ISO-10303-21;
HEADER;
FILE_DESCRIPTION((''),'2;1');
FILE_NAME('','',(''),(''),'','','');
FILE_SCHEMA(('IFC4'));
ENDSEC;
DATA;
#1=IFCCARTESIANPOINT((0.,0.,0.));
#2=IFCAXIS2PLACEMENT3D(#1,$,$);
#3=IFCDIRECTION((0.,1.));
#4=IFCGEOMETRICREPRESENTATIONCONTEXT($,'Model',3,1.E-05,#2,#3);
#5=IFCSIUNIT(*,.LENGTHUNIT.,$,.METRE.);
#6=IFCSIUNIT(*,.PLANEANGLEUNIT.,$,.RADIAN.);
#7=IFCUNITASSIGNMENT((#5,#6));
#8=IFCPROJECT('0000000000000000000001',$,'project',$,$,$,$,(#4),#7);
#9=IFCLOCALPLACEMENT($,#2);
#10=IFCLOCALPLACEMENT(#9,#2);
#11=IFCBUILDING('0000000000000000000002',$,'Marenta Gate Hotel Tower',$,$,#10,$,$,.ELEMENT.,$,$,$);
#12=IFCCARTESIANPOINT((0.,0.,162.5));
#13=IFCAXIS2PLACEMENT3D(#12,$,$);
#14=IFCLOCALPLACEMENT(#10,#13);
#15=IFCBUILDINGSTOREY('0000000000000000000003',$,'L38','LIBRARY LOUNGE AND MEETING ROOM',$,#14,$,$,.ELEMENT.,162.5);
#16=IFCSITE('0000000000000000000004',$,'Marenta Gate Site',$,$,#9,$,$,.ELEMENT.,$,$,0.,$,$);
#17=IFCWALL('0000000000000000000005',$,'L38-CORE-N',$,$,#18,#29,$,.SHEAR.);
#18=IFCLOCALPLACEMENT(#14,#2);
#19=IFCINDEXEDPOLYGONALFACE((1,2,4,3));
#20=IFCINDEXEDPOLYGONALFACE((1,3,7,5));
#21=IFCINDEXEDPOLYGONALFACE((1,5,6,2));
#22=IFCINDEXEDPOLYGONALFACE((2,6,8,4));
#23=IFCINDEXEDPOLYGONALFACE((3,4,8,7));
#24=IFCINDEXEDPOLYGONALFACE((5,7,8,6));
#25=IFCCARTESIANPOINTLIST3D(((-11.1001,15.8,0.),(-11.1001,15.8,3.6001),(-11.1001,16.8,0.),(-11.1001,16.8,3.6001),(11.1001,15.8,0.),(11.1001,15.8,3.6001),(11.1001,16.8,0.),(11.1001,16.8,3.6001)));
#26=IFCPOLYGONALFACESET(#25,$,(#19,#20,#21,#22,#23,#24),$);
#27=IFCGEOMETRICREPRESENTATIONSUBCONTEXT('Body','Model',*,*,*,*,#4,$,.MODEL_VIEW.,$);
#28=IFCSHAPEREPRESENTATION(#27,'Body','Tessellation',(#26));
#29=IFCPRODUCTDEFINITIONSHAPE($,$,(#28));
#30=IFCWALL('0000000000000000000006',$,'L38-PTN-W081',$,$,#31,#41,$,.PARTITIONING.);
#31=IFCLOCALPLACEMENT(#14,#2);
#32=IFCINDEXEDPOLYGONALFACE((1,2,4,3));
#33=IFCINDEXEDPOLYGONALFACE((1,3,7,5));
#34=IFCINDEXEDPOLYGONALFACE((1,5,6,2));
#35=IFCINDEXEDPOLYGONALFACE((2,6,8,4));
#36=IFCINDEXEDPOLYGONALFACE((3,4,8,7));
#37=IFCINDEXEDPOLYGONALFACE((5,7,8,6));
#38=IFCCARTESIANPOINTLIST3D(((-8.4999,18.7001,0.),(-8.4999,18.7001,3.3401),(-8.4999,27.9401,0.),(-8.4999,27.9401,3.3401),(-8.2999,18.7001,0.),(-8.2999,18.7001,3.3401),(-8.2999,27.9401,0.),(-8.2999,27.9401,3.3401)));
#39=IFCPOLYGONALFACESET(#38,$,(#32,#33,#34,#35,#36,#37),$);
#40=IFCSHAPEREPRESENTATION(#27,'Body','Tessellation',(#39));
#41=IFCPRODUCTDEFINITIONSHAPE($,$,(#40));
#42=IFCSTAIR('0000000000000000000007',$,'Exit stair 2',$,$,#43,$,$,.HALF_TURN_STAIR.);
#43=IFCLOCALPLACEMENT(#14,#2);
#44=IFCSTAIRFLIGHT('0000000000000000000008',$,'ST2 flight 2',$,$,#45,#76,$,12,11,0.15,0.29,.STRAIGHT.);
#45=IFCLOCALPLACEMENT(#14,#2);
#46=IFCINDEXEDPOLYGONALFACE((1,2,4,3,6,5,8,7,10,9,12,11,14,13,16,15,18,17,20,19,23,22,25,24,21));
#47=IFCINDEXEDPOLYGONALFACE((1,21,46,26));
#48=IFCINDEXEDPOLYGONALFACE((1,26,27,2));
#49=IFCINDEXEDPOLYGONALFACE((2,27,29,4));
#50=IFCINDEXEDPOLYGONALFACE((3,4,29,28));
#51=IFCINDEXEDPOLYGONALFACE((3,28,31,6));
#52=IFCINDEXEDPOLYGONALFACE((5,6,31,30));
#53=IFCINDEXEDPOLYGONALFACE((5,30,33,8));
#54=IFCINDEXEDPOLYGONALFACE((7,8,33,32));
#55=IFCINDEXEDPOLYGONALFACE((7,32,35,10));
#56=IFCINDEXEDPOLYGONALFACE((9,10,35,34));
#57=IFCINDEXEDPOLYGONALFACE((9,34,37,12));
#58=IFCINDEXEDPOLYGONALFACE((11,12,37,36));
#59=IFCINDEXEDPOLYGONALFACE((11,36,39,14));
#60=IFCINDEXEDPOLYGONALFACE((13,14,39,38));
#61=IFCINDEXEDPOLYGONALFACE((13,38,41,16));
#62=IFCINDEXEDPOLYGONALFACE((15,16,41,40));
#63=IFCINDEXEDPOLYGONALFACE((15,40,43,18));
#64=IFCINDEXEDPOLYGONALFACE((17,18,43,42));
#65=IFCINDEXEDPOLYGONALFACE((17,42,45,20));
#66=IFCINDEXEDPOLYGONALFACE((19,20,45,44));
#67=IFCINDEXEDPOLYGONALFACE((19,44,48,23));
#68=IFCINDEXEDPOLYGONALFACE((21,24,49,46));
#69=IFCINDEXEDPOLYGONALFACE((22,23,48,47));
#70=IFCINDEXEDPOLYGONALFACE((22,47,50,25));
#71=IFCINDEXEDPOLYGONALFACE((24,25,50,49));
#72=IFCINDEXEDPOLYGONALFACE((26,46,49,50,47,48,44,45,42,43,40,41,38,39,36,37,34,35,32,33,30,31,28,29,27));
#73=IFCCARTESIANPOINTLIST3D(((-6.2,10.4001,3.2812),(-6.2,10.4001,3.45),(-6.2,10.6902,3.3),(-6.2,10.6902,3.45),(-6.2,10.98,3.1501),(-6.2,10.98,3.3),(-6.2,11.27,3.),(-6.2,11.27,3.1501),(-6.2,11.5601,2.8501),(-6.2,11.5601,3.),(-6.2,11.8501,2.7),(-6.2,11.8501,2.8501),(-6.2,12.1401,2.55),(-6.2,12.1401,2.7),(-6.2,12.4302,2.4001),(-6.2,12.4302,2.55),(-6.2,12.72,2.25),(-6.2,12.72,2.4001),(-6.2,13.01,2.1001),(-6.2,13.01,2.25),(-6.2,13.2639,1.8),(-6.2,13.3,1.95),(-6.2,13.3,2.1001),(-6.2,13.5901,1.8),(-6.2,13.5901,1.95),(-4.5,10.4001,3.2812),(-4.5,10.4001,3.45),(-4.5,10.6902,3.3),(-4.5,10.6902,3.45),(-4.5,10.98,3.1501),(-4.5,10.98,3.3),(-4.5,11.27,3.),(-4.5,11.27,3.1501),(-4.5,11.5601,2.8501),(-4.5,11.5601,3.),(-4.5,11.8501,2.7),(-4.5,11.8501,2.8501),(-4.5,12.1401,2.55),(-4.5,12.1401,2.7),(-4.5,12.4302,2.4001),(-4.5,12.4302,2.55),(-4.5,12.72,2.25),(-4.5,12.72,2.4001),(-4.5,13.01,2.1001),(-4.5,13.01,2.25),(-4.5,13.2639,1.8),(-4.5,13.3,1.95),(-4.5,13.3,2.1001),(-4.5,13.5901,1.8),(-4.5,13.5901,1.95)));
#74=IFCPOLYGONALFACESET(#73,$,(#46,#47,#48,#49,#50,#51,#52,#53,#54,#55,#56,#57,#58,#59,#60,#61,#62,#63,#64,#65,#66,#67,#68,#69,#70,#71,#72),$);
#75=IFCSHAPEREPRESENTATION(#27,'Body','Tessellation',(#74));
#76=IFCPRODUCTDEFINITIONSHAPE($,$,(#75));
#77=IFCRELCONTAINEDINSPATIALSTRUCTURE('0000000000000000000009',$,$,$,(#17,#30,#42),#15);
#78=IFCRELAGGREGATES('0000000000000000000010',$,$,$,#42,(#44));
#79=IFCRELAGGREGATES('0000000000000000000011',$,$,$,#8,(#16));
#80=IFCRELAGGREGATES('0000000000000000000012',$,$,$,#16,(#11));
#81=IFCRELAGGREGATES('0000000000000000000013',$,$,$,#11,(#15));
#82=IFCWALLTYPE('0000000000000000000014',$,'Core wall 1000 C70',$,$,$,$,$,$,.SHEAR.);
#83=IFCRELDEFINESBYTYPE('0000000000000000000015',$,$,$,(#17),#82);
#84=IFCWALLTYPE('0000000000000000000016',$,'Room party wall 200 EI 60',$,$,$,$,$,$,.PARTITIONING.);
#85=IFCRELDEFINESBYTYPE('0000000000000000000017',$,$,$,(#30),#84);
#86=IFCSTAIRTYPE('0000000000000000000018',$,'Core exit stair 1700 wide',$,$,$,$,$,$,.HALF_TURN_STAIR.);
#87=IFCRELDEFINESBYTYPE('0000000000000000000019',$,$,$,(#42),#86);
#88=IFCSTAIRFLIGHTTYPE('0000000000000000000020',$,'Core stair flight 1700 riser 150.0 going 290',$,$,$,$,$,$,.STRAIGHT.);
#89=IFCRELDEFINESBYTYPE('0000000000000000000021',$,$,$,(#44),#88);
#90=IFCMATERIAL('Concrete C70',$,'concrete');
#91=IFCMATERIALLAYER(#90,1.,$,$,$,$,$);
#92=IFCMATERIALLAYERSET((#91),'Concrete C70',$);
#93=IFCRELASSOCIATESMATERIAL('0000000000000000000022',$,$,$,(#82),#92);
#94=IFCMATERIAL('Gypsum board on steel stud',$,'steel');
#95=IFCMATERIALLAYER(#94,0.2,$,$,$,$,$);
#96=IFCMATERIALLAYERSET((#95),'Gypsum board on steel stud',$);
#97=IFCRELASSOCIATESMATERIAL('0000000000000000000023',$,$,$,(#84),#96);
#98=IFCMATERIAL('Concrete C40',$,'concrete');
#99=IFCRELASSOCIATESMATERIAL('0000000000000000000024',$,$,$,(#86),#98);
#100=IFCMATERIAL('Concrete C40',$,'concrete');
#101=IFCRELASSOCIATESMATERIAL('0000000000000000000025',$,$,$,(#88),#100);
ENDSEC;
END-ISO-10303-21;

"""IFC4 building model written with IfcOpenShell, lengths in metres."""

from ifc_helpers import new_model, si_unit, direction, frame, frame_2d, origin, place, context, subcontext, project, spatial, polyline, rectangle, outline, extrude, material, layer, layer_set, type_object, element, aggregate, save


model = new_model("IFC4")

# Units and contexts
model_context = context("Model", 3, precision=1e-05, world=origin(), true_north=direction((0.0, 1.0)))
body_context = subcontext(model_context, "Body", "Model", "MODEL_VIEW")
ifc_project = project(units=[si_unit("LENGTHUNIT", "METRE"), si_unit("PLANEANGLEUNIT", "RADIAN")], contexts=[model_context])

# Site, building, storey
site_placement = place(None, origin())
site = spatial("IfcSite", under=ifc_project, at=site_placement, Name="Marenta Gate Site", CompositionType="ELEMENT", RefElevation=0.0)
building_placement = place(site_placement, origin())
building = spatial("IfcBuilding", under=site, at=building_placement, Name="Marenta Gate Hotel Tower", CompositionType="ELEMENT")
storey_placement = place(building_placement, frame((0.0, 0.0, 162.5)))
storey = spatial("IfcBuildingStorey", under=building, at=storey_placement, Name="L38", Description="LIBRARY LOUNGE AND MEETING ROOM", CompositionType="ELEMENT", Elevation=162.5)

# Walls
ifc_material_1 = material(Name="Concrete C70", Category="concrete")
ifc_layer_1 = layer(ifc_material_1, 1.0)
ifc_layer_set_1 = layer_set([ifc_layer_1], Name="Concrete C70")
wall_type_1 = type_object("IfcWallType", Name="Core wall 1000 C70", PredefinedType="SHEAR", material=ifc_layer_set_1)
wall_1_placement = place(storey_placement, frame((-11.1001, 16.3, 0.0), z_axis=(0.0, 0.0, 1.0), x_axis=(1.0, 0.0, 0.0)))
element("IfcWall", 1, at=wall_1_placement, inside=storey, type_object=wall_type_1, Name="L38-CORE-N", PredefinedType="SHEAR", context=body_context, shape_type="SweptSolid", body=[
    extrude(rectangle(XDim=22.2002, YDim=1.0, at=frame_2d((11.1001, 0.0))), origin(), (0.0, 0.0, 1.0), 3.6001),
])
ifc_material_2 = material(Name="Gypsum board on steel stud", Category="steel")
ifc_layer_2 = layer(ifc_material_2, 0.2)
ifc_layer_set_2 = layer_set([ifc_layer_2], Name="Gypsum board on steel stud")
wall_type_2 = type_object("IfcWallType", Name="Room party wall 200 EI 60", PredefinedType="PARTITIONING", material=ifc_layer_set_2)
wall_2_placement = place(storey_placement, frame((-8.3999, 18.7, 0.0), z_axis=(0.0, 0.0, 1.0), x_axis=(0.0, 1.0, 0.0)))
element("IfcWall", 2, at=wall_2_placement, inside=storey, type_object=wall_type_2, Name="L38-PTN-W081", PredefinedType="PARTITIONING", context=body_context, shape_type="SweptSolid", body=[
    extrude(rectangle(XDim=9.24, YDim=0.2, at=frame_2d((4.6201, 0.0))), origin(), (0.0, 0.0, 1.0), 3.3401),
])

# Stair, stair flight
ifc_material_3 = material(Name="Concrete C40", Category="concrete")
stair_type = type_object("IfcStairType", Name="Core exit stair 1700 wide", PredefinedType="HALF_TURN_STAIR", material=ifc_material_3)
stair_placement = place(storey_placement, origin())
stair = element("IfcStair", 3, at=stair_placement, inside=storey, type_object=stair_type, Name="Exit stair 2", PredefinedType="HALF_TURN_STAIR")
ifc_material_4 = material(Name="Concrete C40", Category="concrete")
stair_flight_type = type_object("IfcStairFlightType", Name="Core stair flight 1700 riser 150.0 going 290", PredefinedType="STRAIGHT", material=ifc_material_4)
stair_flight_placement = place(storey_placement, frame((-5.3501, 13.5901, 1.8), z_axis=(0.0, 0.0, 1.0), x_axis=(0.0, -1.0, 0.0)))
stair_flight = element("IfcStairFlight", 4, at=stair_flight_placement, type_object=stair_flight_type, Name="ST2 flight 2", NumberOfRisers=12, NumberOfTreads=11, PredefinedType="STRAIGHT", RiserHeight=0.15, TreadLength=0.29, context=body_context, shape_type="SweptSolid", body=[
    extrude(outline(polyline([(0.0, 0.0), (0.0, 0.1499), (0.29, 0.1499), (0.29, 0.3), (0.5801, 0.3), (0.5801, 0.45), (0.8701, 0.45), (0.8701, 0.6001), (1.1599, 0.6001), (1.1599, 0.75), (1.45, 0.75), (1.45, 0.8999), (1.74, 0.8999), (1.74, 1.05), (2.03, 1.05), (2.03, 1.2), (2.3201, 1.2), (2.3201, 1.3501), (2.6101, 1.3501), (2.6101, 1.5), (2.8999, 1.5), (2.8999, 1.6499), (3.1899, 1.6499), (3.1899, 1.8), (3.1899, 1.4812), (0.3262, 0.0), (0.0, 0.0)])), frame((0.0, 0.8501, 0.0), z_axis=(0.0, -1.0, 0.0), x_axis=(1.0, 0.0, 0.0)), (0.0, 0.0, 1.0), 1.7),
])
aggregate(stair, [stair_flight])

save(model, "model.ifc")
